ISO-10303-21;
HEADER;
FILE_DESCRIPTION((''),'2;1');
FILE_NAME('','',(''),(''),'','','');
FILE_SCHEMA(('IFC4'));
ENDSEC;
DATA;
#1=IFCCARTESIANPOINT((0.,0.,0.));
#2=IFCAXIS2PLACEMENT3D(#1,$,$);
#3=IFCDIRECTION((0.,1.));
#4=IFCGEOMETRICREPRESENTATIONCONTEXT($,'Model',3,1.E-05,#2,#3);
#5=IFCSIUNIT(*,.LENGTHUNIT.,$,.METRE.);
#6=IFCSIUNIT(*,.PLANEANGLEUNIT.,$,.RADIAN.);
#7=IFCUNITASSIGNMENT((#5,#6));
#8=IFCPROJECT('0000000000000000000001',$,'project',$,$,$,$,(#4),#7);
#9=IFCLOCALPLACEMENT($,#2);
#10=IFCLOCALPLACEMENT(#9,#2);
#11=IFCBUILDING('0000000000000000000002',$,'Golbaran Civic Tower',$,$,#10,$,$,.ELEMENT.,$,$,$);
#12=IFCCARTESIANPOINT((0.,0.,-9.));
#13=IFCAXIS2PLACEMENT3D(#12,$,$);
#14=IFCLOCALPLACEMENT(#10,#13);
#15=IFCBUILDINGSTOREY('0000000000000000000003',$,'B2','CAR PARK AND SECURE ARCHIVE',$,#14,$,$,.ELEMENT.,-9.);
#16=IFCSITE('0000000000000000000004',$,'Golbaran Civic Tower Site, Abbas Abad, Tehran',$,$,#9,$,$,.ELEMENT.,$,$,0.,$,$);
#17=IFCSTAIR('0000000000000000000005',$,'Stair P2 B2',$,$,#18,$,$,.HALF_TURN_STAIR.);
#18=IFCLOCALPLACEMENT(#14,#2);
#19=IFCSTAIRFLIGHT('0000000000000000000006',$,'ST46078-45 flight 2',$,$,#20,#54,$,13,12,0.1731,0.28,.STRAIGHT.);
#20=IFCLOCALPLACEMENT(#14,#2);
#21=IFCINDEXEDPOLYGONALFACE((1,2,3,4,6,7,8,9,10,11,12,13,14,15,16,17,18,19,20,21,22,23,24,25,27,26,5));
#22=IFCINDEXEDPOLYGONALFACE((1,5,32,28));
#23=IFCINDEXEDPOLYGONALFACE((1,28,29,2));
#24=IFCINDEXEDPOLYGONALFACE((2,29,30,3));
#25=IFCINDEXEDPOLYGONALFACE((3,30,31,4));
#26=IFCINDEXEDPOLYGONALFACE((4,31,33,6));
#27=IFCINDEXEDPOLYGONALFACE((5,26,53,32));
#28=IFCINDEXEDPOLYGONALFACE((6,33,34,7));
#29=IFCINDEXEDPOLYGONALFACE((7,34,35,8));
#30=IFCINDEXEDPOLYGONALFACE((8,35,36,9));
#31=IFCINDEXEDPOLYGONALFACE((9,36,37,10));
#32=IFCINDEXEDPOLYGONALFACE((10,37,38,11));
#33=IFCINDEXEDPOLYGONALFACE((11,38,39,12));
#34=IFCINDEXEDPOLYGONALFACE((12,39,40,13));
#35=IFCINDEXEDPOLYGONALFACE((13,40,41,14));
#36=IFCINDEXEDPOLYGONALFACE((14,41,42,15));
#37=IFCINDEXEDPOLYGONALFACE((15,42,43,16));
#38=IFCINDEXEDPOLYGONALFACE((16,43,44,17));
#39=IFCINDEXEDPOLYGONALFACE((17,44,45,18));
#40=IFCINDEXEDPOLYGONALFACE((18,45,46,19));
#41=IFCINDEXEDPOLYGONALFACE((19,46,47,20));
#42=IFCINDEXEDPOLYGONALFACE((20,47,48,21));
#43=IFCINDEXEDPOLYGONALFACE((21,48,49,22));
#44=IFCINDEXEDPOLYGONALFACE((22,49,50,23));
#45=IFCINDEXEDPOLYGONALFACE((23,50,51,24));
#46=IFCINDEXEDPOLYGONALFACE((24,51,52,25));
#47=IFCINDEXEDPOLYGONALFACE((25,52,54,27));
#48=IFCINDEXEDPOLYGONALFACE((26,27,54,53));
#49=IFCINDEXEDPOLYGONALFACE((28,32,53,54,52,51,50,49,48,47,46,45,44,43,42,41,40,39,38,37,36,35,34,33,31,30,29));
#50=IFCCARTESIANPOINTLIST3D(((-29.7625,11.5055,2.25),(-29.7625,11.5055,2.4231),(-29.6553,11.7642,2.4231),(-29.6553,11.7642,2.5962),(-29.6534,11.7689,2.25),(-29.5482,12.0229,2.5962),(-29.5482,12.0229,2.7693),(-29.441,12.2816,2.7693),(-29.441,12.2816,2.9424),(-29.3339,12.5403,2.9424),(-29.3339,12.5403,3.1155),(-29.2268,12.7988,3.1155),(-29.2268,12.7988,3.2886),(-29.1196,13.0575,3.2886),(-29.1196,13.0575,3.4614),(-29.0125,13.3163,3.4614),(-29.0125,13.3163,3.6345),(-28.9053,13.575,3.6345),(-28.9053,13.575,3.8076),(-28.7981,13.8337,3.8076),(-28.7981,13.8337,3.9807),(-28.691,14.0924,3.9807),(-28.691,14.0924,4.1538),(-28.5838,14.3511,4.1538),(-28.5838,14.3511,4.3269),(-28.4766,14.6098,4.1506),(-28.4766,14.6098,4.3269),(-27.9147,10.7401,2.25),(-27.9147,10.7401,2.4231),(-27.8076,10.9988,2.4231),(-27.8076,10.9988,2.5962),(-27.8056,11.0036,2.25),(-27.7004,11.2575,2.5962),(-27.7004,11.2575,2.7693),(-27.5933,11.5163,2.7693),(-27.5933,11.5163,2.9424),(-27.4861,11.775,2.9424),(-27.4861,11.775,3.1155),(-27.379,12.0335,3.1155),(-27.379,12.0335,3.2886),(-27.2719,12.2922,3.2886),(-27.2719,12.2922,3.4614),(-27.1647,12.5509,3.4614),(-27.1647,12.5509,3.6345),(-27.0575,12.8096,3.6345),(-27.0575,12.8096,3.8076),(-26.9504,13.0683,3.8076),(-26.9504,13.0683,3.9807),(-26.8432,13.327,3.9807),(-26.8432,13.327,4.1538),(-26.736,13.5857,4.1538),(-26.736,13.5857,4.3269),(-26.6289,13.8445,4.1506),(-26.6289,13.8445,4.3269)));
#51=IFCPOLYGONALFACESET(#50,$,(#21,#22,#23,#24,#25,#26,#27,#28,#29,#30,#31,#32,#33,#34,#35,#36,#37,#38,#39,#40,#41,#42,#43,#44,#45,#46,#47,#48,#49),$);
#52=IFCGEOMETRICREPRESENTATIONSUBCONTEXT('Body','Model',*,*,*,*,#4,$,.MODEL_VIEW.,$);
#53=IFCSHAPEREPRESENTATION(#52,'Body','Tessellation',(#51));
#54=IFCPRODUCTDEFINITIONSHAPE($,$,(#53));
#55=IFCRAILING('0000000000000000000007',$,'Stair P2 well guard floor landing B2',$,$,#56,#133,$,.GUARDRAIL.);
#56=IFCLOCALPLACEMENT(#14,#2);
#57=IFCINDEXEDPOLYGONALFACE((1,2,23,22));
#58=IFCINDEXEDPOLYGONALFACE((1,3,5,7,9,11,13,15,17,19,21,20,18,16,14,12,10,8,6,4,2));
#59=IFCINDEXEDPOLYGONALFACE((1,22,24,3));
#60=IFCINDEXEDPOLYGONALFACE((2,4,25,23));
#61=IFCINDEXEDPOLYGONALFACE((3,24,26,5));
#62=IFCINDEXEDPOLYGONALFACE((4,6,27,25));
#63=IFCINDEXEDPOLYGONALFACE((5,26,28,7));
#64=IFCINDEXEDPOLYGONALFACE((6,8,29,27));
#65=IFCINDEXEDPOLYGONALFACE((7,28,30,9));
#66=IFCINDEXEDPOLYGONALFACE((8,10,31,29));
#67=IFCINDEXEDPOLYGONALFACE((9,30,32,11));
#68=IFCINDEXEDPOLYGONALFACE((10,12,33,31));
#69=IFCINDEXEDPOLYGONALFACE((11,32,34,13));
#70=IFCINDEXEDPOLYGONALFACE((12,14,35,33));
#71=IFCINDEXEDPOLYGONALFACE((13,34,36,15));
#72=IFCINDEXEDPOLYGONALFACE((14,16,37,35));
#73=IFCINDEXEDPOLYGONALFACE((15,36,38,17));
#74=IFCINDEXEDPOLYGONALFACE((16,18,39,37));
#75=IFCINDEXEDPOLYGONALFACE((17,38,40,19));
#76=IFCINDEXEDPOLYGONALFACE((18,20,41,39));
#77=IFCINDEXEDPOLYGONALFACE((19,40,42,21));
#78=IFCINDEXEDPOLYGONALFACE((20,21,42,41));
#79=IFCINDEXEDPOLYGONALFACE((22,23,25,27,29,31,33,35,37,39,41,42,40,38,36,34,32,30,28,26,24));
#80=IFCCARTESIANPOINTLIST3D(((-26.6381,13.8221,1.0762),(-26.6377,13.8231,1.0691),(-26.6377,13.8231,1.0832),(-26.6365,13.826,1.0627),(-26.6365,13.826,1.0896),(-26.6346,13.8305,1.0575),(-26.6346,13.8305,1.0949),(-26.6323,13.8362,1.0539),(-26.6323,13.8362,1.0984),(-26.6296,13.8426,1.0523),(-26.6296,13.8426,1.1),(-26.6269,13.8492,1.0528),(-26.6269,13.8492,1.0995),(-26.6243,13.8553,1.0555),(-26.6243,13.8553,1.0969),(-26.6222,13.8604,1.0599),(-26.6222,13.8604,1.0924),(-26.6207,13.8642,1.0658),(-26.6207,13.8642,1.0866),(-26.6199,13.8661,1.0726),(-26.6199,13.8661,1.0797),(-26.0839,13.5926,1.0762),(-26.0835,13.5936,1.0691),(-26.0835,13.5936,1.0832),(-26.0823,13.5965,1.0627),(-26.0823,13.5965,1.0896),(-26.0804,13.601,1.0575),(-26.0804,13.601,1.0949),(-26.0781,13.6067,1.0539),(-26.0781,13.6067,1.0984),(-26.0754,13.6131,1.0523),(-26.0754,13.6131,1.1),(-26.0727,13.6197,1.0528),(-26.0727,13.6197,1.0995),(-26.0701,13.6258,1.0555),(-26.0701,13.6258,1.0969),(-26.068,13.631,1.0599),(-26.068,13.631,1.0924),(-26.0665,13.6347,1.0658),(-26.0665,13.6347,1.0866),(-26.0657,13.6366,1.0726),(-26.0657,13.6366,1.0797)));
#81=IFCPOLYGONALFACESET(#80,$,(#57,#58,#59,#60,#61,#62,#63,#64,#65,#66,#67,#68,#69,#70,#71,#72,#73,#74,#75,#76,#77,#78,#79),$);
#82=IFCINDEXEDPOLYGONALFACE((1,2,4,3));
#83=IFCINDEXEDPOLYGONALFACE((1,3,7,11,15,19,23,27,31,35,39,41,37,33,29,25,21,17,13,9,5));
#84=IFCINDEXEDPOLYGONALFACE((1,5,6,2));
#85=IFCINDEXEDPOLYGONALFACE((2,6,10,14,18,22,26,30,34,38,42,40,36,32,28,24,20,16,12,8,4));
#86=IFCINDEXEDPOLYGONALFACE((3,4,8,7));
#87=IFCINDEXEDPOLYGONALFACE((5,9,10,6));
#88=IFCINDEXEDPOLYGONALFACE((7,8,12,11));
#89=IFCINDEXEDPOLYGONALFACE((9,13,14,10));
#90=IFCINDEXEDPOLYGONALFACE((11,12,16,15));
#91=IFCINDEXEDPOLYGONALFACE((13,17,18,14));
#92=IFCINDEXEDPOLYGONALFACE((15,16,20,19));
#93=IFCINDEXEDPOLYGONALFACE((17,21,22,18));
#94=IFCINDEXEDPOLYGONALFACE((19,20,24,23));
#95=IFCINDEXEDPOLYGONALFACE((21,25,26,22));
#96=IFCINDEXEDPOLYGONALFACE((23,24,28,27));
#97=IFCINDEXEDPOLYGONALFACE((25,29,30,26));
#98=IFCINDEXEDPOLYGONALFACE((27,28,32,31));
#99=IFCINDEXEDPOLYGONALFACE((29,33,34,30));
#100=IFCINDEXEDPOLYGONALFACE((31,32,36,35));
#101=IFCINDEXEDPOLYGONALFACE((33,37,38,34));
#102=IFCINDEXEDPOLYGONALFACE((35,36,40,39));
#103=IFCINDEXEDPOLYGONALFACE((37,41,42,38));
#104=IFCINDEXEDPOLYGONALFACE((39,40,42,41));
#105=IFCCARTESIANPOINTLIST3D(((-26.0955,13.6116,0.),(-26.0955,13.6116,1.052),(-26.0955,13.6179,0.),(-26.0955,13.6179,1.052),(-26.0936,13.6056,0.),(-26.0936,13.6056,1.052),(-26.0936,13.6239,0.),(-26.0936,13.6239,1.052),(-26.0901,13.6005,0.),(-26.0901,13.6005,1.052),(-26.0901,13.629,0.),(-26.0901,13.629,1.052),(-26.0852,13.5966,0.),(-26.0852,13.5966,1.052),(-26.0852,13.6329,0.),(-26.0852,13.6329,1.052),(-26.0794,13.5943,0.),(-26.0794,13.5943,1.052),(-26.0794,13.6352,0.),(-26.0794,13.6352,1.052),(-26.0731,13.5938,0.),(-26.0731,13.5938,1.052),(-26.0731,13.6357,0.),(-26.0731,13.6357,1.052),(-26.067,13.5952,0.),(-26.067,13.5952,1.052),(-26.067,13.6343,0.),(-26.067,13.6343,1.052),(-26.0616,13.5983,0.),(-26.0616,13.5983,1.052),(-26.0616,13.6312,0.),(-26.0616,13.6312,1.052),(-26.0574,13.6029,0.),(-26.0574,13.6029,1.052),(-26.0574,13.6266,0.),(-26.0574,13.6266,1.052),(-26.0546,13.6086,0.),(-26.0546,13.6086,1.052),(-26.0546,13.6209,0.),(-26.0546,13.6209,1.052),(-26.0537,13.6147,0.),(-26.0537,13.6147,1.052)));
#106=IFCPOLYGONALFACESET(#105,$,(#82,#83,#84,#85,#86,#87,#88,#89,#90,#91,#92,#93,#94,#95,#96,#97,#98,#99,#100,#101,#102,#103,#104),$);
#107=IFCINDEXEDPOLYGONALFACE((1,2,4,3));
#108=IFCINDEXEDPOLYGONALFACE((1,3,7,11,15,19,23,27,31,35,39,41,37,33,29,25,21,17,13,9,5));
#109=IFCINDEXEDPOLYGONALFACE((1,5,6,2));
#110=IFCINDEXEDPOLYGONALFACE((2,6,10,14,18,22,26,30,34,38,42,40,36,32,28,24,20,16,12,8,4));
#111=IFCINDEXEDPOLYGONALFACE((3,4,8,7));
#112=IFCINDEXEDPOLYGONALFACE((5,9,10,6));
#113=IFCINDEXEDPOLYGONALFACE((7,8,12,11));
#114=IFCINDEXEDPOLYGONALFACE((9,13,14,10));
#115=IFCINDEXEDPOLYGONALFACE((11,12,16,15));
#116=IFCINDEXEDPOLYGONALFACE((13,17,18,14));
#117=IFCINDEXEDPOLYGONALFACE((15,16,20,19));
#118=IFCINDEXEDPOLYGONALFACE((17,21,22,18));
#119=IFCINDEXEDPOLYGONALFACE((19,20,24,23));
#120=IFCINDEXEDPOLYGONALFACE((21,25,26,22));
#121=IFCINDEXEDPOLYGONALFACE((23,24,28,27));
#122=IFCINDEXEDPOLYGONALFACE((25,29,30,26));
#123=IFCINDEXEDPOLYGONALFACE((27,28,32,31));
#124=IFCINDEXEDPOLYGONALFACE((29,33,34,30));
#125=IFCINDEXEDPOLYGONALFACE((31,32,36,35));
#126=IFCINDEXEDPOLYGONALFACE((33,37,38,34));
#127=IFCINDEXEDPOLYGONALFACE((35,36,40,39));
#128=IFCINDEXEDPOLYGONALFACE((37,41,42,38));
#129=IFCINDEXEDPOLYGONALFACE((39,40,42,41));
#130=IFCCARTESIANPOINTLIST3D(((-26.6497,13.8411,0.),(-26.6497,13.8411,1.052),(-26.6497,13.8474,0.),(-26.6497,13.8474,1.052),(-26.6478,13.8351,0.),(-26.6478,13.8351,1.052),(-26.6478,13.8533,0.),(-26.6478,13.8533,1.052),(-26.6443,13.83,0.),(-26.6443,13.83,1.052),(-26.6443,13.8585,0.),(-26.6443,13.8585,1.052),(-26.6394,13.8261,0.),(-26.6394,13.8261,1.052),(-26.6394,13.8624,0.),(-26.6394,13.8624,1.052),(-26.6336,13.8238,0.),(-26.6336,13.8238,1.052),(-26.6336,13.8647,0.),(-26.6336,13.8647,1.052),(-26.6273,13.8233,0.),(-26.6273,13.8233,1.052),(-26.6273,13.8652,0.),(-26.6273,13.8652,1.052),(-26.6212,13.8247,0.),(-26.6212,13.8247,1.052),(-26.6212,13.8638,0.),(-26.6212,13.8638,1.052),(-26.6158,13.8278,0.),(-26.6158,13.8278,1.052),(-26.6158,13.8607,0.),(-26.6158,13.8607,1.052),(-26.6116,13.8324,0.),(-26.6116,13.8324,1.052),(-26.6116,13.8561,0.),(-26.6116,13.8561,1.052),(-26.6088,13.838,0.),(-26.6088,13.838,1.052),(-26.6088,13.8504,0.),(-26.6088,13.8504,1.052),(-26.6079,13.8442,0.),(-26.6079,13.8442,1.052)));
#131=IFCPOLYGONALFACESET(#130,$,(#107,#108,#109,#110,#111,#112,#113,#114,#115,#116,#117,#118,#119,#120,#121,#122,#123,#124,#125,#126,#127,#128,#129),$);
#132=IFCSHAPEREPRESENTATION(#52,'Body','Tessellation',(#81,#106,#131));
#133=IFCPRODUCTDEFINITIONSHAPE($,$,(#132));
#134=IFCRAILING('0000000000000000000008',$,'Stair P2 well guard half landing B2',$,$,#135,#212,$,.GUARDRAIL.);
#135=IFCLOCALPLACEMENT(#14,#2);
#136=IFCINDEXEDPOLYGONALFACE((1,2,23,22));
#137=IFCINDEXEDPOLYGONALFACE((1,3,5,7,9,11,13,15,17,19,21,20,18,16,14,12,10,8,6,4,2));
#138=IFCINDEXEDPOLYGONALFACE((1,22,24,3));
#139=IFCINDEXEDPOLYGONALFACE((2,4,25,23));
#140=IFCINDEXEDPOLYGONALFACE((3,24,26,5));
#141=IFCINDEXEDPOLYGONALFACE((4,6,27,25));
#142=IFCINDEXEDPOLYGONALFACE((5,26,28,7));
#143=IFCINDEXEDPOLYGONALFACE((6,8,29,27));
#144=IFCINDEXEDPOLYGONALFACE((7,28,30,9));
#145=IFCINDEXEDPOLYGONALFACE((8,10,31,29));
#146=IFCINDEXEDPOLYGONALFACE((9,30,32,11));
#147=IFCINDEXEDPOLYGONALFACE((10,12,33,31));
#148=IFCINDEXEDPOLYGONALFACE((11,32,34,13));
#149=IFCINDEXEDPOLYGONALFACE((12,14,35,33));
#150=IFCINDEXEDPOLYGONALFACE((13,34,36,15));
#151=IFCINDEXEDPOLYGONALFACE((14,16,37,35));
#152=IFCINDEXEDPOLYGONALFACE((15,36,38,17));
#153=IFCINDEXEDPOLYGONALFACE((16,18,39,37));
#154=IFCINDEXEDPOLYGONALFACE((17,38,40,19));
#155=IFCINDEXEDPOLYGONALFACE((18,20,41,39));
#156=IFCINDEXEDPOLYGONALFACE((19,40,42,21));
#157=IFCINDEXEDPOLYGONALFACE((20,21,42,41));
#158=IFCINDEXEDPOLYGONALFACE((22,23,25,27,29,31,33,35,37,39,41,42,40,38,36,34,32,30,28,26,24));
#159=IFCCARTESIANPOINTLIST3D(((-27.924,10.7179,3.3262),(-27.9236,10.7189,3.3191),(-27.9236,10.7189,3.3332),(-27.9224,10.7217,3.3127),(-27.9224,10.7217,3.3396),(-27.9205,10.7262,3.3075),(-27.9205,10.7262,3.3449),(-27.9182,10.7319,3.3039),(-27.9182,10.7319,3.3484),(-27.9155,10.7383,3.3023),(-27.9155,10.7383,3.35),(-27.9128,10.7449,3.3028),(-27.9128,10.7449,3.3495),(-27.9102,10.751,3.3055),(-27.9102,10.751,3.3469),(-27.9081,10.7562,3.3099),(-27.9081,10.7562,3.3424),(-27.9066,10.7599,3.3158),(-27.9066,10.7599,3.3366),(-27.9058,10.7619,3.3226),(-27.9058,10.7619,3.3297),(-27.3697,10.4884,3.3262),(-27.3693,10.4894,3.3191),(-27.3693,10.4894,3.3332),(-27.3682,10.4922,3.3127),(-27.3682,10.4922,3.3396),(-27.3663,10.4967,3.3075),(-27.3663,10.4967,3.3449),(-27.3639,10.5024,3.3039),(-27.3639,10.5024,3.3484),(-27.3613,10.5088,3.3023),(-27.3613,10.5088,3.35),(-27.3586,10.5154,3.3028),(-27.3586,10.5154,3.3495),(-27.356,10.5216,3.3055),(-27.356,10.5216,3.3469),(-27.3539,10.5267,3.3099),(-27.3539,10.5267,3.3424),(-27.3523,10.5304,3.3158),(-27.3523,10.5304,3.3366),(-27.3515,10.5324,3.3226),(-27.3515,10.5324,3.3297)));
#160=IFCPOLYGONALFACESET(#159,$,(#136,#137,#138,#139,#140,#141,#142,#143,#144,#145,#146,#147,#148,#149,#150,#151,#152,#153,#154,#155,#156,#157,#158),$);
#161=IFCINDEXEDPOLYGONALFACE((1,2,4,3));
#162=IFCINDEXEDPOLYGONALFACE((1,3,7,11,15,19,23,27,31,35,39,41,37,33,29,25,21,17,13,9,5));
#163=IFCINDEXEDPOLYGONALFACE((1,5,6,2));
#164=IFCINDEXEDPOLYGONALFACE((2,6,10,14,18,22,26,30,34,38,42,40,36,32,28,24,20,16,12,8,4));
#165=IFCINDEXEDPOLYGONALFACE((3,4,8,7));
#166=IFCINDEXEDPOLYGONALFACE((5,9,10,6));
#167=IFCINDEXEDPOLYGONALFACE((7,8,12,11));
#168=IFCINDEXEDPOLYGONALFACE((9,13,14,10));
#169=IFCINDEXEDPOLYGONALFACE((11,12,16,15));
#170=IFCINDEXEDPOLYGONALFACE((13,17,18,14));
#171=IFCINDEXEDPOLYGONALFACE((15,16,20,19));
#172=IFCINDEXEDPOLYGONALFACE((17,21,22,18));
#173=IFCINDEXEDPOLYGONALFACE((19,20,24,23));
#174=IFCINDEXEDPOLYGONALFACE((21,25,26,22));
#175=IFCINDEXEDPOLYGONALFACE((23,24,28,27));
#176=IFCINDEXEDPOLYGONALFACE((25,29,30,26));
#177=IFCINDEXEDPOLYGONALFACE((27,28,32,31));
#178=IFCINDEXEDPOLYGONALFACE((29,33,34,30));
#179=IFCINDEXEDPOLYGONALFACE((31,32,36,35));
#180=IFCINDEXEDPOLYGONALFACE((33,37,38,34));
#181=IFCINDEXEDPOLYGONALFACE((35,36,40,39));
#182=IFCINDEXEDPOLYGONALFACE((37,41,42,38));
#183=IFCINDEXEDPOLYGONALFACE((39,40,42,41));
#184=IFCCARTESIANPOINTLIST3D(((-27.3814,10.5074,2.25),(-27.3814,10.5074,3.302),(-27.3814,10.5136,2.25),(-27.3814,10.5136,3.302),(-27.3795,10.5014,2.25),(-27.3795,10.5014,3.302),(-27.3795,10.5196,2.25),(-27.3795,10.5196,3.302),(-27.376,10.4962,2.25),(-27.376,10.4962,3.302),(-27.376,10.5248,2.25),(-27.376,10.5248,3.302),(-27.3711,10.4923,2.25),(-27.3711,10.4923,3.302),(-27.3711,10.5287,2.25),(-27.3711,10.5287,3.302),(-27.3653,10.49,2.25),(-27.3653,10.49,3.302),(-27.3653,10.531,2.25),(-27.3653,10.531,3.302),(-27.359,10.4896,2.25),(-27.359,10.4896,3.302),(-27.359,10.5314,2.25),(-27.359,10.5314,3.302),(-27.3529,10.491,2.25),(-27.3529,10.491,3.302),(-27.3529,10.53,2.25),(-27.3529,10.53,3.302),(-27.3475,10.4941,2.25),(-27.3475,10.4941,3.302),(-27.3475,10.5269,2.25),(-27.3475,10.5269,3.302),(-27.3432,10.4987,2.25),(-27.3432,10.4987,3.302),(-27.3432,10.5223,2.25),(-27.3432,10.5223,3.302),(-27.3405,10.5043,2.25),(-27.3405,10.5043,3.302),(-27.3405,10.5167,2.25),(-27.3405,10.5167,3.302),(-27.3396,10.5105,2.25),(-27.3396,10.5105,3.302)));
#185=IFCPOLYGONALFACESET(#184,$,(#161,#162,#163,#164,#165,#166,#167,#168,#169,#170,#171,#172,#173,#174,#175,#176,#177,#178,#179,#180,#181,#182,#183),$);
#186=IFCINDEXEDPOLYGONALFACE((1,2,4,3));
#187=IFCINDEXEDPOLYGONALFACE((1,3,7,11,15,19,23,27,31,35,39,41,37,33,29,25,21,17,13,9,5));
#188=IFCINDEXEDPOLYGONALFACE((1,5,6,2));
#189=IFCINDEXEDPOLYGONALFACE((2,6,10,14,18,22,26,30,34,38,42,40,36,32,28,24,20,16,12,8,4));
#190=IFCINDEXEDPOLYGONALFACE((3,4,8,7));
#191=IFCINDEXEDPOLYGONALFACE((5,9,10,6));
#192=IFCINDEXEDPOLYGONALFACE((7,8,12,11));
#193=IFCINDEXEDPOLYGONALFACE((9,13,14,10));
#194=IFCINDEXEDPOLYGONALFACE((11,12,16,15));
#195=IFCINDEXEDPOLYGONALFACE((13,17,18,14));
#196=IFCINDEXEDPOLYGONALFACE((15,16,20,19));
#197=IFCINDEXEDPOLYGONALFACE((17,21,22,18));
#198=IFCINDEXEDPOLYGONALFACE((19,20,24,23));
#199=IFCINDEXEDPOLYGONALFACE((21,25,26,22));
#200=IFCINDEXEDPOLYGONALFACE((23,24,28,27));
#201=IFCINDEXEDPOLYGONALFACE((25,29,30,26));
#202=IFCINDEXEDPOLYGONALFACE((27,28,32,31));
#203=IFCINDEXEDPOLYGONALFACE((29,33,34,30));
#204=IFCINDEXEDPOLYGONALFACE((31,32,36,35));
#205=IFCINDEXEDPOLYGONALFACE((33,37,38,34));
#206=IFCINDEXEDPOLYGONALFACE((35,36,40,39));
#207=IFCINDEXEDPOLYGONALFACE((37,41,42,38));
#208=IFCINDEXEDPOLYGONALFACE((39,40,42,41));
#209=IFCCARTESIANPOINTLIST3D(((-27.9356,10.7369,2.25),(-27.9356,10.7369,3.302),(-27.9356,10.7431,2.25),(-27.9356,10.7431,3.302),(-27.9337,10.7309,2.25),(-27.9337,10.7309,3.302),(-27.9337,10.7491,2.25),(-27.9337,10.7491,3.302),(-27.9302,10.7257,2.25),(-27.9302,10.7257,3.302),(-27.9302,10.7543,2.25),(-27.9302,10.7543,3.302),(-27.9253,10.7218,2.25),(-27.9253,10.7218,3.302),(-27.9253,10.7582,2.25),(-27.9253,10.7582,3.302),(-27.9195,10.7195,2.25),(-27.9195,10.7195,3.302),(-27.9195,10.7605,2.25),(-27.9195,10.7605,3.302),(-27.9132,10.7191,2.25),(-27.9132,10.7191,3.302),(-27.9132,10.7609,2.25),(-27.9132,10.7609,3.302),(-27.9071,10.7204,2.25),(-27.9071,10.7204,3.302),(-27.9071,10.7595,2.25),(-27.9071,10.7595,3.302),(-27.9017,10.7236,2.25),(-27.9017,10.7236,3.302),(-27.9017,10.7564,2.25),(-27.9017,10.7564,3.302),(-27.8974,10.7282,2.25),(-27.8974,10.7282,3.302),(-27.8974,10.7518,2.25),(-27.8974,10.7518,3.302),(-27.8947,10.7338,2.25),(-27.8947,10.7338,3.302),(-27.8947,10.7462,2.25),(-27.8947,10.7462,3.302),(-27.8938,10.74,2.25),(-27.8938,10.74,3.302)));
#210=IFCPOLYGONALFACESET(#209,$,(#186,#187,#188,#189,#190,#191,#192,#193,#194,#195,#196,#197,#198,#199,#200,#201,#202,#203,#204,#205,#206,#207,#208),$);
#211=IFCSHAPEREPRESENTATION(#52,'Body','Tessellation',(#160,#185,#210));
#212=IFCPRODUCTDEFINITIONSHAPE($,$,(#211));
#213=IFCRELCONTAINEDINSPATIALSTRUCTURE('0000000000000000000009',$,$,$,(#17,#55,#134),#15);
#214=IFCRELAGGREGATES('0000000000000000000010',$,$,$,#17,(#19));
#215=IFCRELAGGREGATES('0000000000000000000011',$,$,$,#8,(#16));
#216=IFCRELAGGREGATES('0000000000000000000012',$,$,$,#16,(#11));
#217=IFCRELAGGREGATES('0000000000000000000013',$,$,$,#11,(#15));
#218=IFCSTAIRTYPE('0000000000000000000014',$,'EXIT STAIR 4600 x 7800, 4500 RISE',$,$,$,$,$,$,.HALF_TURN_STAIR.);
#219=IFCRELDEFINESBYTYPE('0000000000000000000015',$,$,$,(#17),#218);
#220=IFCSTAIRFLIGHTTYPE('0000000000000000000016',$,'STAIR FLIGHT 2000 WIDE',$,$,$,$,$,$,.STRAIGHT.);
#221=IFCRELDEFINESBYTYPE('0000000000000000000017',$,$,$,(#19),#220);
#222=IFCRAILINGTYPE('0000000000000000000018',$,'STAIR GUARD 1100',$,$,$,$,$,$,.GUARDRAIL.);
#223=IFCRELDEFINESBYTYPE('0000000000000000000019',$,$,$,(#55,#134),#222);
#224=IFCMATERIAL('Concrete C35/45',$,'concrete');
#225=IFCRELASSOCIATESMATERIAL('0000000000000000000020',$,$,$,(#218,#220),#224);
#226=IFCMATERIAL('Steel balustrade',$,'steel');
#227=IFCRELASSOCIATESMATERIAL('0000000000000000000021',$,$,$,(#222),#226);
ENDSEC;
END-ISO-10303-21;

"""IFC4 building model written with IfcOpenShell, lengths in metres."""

from ifc_helpers import new_model, si_unit, direction, frame, origin, origin_2d, place, context, subcontext, project, spatial, polyline, circle, outline, extrude, material, type_object, element, aggregate, save


model = new_model("IFC4")

# Units and contexts
model_context = context("Model", 3, precision=1e-05, world=origin(), true_north=direction((0.0, 1.0)))
body_context = subcontext(model_context, "Body", "Model", "MODEL_VIEW")
ifc_project = project(units=[si_unit("LENGTHUNIT", "METRE"), si_unit("PLANEANGLEUNIT", "RADIAN")], contexts=[model_context])

# Site, building, storey
site_placement = place(None, origin())
site = spatial("IfcSite", under=ifc_project, at=site_placement, Name="Golbaran Civic Tower Site, Abbas Abad, Tehran", CompositionType="ELEMENT", RefElevation=0.0)
building_placement = place(site_placement, origin())
building = spatial("IfcBuilding", under=site, at=building_placement, Name="Golbaran Civic Tower", CompositionType="ELEMENT")
storey_placement = place(building_placement, frame((0.0, 0.0, -9.0)))
storey = spatial("IfcBuildingStorey", under=building, at=storey_placement, Name="B2", Description="CAR PARK AND SECURE ARCHIVE", CompositionType="ELEMENT", Elevation=-9.0)

# Stair, stair flight
ifc_material_1 = material(Name="Concrete C35/45", Category="concrete")
stair_type = type_object("IfcStairType", Name="EXIT STAIR 4600 x 7800, 4500 RISE", PredefinedType="HALF_TURN_STAIR", material=ifc_material_1)
stair_placement = place(storey_placement, origin())
stair = element("IfcStair", 1, at=stair_placement, inside=storey, type_object=stair_type, Name="Stair P2 B2", PredefinedType="HALF_TURN_STAIR")
stair_flight_type = type_object("IfcStairFlightType", Name="STAIR FLIGHT 2000 WIDE", PredefinedType="STRAIGHT", material=ifc_material_1)
stair_flight_placement = place(storey_placement, frame((-28.8386, 11.1228, 2.25), z_axis=(0.0, 0.0, 1.0), x_axis=(0.382683, 0.92388, 0.0)))
stair_flight = element("IfcStairFlight", 2, at=stair_flight_placement, type_object=stair_flight_type, Name="ST46078-45 flight 2", NumberOfRisers=13, NumberOfTreads=12, PredefinedType="STRAIGHT", RiserHeight=0.1731, TreadLength=0.28, context=body_context, shape_type="SweptSolid", body=[
    extrude(outline(polyline([(0.0, 0.0), (0.0, 0.1731), (0.28, 0.1731), (0.28, 0.3462), (0.5601, 0.3462), (0.5601, 0.5193), (0.8401, 0.5193), (0.8401, 0.6924), (1.1201, 0.6924), (1.1201, 0.8655), (1.3999, 0.8655), (1.3999, 1.0386), (1.6799, 1.0386), (1.6799, 1.2114), (1.96, 1.2114), (1.96, 1.3845), (2.24, 1.3845), (2.24, 1.5576), (2.52, 1.5576), (2.52, 1.7307), (2.8, 1.7307), (2.8, 1.9038), (3.0801, 1.9038), (3.0801, 2.0769), (3.3601, 2.0769), (3.3601, 2.25), (3.3601, 1.9006), (0.2852, 0.0), (0.0, 0.0)])), frame((0.0, 1.0, 0.0), z_axis=(0.0, -1.0, 0.0), x_axis=(1.0, 0.0, 0.0)), (0.0, 0.0, 1.0), 2.0),
])
aggregate(stair, [stair_flight])

# Railings
ifc_material_2 = material(Name="Steel balustrade", Category="steel")
railing_type_1 = type_object("IfcRailingType", Name="STAIR GUARD 1100", PredefinedType="GUARDRAIL", material=ifc_material_2)
for number, where, name in (
    (3, (-26.0747, 13.6147, 0.0), "Stair P2 well guard floor landing B2"),
    (4, (-27.3606, 10.5105, 2.25), "Stair P2 well guard half landing B2"),
):
    element("IfcRailing", number, at=place(storey_placement, frame(where)), inside=storey, type_object=railing_type_1, Name=name, PredefinedType="GUARDRAIL", context=body_context, shape_type="SweptSolid", body=[
        extrude(circle(Radius=0.0239, at=origin_2d()), frame((0.0, 0.0, 1.0762), z_axis=(-0.923918, 0.382591, 0.0), x_axis=(-0.382591, -0.923918, 0.0)), (0.0, 0.0, 1.0), 0.5999),
        extrude(circle(Radius=0.021, at=origin_2d()), origin(), (0.0, 0.0, 1.0), 1.052),
        extrude(circle(Radius=0.021, at=origin_2d()), frame((-0.5542, 0.2295, 0.0)), (0.0, 0.0, 1.0), 1.052),
    ])

save(model, "model.ifc")
